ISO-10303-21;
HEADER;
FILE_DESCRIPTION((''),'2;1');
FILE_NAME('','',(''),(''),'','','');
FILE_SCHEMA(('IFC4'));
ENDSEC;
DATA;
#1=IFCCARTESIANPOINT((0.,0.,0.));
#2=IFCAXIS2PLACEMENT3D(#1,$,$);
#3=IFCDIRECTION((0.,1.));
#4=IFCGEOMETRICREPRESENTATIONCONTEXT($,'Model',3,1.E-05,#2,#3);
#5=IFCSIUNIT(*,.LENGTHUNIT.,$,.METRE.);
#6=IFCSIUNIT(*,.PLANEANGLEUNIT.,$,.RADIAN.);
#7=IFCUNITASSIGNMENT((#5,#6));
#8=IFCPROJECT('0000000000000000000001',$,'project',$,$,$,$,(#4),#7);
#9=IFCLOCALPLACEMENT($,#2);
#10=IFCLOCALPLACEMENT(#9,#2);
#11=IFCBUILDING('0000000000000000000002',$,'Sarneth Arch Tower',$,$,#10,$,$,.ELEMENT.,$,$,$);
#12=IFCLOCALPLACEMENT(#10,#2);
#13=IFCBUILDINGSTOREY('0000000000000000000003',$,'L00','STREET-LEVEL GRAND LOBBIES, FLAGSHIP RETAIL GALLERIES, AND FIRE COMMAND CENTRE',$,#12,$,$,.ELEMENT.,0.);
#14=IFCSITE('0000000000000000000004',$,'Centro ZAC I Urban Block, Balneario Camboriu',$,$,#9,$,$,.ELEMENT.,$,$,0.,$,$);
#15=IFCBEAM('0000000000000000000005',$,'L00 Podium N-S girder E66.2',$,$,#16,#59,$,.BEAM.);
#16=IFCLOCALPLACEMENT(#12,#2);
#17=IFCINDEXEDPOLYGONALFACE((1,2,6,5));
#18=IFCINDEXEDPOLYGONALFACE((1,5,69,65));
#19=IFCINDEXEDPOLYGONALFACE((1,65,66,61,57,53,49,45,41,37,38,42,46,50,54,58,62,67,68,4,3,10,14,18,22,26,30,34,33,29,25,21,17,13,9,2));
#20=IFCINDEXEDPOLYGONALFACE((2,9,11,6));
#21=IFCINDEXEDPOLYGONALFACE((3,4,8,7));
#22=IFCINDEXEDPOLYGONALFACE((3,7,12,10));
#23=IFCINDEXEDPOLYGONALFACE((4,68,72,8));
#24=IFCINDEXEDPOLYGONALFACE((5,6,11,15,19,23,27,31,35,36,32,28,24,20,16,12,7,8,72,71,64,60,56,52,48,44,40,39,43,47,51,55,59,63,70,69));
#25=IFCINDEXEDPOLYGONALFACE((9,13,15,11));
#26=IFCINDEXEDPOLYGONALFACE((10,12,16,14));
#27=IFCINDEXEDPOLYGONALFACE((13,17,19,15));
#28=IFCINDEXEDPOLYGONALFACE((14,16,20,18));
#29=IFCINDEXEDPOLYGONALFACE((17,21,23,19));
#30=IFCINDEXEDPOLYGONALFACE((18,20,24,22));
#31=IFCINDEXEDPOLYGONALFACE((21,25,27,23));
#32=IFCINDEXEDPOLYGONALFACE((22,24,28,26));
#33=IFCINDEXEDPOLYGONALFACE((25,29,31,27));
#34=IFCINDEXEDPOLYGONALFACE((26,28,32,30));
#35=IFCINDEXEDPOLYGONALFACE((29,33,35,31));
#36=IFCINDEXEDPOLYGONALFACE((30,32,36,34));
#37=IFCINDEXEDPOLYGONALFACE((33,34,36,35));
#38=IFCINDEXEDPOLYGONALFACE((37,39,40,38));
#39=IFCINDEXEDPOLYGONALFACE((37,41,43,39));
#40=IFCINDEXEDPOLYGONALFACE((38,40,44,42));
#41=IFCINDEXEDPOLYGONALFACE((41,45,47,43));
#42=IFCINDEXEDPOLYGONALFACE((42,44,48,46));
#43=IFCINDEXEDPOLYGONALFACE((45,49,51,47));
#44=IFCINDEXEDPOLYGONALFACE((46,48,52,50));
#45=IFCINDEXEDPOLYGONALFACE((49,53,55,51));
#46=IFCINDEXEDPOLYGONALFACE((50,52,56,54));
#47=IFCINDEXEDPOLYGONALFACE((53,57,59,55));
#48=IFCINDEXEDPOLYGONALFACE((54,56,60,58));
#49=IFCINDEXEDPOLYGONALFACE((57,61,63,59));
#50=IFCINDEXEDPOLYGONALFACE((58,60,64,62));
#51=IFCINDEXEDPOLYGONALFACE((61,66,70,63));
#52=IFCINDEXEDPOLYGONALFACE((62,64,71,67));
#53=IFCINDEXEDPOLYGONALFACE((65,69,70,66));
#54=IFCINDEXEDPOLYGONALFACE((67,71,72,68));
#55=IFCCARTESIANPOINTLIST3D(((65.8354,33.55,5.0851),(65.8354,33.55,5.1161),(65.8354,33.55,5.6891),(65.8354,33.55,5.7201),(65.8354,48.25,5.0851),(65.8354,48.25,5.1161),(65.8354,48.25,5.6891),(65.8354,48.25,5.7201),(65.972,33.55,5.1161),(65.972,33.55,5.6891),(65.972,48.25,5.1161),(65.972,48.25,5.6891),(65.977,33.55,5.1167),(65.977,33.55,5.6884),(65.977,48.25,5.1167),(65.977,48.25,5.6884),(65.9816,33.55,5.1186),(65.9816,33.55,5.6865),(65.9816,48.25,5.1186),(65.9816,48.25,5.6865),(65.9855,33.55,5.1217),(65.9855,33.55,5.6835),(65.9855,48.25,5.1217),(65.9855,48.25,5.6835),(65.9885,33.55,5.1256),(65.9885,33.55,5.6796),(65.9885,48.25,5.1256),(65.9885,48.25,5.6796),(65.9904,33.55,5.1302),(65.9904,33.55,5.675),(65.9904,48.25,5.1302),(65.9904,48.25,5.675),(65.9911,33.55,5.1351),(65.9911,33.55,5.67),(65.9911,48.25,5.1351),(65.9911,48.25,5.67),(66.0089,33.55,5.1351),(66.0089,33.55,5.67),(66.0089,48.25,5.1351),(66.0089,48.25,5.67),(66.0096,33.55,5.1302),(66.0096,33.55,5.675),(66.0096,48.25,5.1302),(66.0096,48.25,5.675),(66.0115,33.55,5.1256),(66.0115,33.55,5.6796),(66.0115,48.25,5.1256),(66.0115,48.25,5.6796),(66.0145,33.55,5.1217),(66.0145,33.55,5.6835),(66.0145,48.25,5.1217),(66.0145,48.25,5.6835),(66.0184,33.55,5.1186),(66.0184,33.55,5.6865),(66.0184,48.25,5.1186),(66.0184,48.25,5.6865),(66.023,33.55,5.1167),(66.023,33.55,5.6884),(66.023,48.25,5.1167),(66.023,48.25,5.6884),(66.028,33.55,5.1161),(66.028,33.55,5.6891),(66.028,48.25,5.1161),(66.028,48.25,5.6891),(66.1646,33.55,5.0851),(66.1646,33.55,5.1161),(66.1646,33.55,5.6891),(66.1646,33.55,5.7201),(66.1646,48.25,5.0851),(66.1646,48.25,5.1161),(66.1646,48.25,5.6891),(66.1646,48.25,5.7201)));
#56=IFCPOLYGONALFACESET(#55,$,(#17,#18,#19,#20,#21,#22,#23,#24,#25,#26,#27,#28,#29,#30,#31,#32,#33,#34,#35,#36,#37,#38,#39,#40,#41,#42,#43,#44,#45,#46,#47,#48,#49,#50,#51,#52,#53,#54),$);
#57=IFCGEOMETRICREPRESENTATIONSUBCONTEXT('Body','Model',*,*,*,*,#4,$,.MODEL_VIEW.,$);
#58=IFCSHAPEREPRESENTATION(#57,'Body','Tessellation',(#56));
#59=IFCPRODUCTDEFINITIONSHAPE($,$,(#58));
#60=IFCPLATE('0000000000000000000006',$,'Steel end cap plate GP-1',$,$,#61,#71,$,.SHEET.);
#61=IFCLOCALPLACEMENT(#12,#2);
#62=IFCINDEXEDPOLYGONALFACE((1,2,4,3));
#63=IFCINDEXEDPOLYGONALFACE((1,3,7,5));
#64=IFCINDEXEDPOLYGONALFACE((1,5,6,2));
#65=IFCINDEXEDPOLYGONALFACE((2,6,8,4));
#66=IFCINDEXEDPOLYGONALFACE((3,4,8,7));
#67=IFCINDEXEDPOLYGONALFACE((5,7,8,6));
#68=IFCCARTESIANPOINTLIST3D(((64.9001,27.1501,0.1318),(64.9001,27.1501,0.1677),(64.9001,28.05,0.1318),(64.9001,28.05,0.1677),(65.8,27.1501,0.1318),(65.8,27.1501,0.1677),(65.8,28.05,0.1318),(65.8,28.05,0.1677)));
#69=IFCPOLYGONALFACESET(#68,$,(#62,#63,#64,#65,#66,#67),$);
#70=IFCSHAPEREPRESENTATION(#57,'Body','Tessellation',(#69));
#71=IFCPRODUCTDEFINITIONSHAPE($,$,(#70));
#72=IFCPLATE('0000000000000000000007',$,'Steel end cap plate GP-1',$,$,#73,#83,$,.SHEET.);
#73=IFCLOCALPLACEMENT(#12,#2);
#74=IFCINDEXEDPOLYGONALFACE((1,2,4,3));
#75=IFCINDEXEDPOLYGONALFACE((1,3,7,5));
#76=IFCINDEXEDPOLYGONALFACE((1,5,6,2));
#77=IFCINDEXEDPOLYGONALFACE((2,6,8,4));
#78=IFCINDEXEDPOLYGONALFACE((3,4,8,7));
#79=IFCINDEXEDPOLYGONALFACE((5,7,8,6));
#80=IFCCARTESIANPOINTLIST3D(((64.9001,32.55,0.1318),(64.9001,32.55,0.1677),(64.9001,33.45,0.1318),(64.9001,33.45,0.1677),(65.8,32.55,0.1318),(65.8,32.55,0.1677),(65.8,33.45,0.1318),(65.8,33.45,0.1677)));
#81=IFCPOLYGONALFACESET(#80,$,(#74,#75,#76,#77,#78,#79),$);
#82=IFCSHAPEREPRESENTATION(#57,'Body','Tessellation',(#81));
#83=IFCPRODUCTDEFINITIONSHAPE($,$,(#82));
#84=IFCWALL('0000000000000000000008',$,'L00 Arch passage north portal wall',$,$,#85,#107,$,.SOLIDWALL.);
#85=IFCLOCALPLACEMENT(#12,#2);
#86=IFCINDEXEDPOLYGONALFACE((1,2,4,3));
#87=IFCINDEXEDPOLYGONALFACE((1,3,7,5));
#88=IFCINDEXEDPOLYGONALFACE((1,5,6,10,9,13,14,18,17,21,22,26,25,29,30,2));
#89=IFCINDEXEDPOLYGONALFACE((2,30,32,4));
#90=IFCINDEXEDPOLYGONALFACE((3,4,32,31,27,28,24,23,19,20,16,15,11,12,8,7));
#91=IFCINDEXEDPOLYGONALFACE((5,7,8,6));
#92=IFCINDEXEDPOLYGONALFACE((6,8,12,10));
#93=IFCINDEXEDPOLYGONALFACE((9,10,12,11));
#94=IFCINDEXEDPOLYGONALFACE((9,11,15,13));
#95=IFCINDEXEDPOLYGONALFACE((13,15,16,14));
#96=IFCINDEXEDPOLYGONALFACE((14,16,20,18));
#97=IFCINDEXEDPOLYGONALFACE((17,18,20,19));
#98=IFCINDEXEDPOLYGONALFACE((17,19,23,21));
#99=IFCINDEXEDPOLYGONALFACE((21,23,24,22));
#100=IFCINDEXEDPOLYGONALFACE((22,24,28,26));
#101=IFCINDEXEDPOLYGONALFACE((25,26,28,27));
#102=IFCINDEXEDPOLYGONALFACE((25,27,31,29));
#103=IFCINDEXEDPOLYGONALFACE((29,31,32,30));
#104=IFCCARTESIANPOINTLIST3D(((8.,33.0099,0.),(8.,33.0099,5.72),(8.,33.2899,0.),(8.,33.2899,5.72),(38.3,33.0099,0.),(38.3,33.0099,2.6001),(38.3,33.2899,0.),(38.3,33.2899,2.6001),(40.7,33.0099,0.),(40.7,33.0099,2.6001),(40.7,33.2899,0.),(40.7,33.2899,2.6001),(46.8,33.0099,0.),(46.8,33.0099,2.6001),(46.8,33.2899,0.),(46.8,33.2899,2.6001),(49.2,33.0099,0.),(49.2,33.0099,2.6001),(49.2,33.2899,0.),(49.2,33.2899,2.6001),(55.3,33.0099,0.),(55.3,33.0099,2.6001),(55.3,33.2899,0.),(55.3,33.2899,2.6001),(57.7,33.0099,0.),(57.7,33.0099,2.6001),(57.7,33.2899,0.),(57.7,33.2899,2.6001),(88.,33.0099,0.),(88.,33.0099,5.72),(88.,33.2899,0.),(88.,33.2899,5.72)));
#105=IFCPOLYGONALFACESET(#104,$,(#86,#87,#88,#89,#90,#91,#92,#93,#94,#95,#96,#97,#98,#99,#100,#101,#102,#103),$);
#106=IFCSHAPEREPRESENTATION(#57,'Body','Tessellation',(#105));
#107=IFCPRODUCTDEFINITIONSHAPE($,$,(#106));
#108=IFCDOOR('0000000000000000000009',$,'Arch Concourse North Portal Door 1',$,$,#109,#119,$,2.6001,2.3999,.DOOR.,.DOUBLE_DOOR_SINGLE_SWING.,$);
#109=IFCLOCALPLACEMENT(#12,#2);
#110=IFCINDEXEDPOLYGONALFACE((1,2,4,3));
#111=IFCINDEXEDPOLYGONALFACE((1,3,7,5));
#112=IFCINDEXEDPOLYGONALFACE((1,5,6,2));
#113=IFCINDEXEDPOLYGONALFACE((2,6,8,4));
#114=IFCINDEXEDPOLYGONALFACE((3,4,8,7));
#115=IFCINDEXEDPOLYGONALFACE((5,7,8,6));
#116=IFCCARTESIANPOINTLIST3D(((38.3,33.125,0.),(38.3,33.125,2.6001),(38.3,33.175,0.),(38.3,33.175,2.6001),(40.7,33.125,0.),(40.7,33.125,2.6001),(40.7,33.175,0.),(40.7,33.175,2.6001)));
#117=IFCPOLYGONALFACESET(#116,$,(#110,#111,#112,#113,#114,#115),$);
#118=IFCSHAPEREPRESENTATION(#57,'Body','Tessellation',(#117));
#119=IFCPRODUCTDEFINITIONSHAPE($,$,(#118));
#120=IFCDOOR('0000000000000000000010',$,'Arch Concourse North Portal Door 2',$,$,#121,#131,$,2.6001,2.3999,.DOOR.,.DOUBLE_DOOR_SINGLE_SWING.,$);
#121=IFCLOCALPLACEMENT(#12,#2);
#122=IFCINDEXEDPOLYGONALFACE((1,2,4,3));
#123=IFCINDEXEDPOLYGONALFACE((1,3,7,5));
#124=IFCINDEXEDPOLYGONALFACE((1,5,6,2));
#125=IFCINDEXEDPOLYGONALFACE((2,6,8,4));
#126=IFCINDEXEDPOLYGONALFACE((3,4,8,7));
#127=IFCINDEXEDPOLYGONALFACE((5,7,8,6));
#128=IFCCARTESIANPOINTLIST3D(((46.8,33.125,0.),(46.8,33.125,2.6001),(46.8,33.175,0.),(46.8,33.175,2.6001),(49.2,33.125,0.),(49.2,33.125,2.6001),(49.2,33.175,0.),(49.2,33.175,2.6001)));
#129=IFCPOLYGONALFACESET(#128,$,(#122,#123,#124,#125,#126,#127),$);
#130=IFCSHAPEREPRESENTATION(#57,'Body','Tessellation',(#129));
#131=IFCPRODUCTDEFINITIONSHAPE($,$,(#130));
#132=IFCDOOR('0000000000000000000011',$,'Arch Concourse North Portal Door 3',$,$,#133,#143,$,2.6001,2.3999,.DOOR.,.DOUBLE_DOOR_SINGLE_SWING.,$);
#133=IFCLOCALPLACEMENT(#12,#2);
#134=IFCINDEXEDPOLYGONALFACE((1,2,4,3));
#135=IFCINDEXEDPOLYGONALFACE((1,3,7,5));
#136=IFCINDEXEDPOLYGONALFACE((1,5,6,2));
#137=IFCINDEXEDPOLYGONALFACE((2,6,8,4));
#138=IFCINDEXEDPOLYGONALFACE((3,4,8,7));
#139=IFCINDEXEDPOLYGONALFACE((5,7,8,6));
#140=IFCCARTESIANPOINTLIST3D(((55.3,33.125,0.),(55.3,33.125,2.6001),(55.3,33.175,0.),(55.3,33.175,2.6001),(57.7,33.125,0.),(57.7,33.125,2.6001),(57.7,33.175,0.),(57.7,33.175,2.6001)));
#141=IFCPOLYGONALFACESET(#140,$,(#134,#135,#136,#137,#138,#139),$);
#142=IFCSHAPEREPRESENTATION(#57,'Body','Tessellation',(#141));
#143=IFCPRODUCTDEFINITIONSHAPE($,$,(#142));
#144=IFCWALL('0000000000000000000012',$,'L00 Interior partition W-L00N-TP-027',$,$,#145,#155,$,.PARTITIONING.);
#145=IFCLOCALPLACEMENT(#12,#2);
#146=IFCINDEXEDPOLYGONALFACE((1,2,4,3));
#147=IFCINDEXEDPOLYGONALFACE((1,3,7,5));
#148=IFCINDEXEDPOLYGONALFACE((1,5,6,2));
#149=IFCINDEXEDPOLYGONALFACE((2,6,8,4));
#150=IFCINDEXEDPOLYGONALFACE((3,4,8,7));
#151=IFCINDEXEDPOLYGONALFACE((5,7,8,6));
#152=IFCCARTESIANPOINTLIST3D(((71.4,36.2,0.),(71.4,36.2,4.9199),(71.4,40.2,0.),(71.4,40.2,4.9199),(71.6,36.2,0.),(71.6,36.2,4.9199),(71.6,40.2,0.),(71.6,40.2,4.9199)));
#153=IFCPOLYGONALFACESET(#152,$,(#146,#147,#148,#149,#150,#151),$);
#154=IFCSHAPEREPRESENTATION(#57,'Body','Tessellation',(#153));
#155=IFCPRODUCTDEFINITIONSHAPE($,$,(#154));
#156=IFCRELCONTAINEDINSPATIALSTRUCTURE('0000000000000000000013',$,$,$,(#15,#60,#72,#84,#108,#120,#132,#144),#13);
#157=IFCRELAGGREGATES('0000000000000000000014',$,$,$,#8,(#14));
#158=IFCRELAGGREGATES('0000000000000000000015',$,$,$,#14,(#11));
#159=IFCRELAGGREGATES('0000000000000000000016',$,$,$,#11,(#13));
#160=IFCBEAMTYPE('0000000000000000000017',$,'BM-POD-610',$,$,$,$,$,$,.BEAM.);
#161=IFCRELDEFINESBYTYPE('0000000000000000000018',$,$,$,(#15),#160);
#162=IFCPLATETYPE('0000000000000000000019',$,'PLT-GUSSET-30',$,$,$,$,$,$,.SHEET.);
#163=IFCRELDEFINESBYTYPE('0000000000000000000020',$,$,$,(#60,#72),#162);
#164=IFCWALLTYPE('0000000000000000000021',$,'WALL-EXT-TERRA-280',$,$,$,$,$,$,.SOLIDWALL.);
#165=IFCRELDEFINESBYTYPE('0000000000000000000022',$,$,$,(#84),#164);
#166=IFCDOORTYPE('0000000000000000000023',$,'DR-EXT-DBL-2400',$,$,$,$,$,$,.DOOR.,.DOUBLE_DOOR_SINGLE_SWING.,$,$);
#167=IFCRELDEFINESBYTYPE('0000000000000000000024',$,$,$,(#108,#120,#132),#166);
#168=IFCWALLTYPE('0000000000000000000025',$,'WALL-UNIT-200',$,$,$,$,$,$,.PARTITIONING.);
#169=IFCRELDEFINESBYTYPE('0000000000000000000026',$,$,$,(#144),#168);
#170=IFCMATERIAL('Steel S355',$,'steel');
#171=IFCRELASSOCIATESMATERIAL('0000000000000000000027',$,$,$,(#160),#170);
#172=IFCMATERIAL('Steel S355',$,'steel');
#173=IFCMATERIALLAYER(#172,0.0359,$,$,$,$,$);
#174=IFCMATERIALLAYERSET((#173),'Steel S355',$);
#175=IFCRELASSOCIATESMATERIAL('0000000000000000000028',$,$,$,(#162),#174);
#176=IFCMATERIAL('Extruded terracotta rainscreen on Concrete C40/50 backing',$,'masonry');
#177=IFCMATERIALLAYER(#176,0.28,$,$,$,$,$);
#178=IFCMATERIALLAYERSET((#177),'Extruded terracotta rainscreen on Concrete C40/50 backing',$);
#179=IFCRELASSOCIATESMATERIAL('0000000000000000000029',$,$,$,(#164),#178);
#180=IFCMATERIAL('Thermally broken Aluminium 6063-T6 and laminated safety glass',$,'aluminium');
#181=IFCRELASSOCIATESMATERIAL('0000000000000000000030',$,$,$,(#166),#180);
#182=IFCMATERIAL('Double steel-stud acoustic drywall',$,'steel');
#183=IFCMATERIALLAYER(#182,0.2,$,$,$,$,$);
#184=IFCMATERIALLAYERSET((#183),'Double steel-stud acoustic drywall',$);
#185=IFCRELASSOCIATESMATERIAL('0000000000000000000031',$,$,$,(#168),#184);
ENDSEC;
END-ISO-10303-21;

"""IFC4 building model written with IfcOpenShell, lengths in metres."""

from ifc_helpers import new_model, si_unit, direction, frame, frame_2d, origin, origin_2d, place, context, subcontext, project, spatial, rectangle, i_section, extrude, material, layer, layer_set, material_profile, profile_set, type_object, element, fill, save


model = new_model("IFC4")

# Units and contexts
model_context = context("Model", 3, precision=1e-05, world=origin(), true_north=direction((0.0, 1.0)))
body_context = subcontext(model_context, "Body", "Model", "MODEL_VIEW")
ifc_project = project(units=[si_unit("LENGTHUNIT", "METRE"), si_unit("PLANEANGLEUNIT", "RADIAN")], contexts=[model_context])

# Site, building, storey
site_placement = place(None, origin())
site = spatial("IfcSite", under=ifc_project, at=site_placement, Name="Centro ZAC I Urban Block, Balneario Camboriu", CompositionType="ELEMENT", RefElevation=0.0)
building_placement = place(site_placement, origin())
building = spatial("IfcBuilding", under=site, at=building_placement, Name="Sarneth Arch Tower", CompositionType="ELEMENT")
storey_placement = place(building_placement, origin())
storey = spatial("IfcBuildingStorey", under=building, at=storey_placement, Name="L00", Description="STREET-LEVEL GRAND LOBBIES, FLAGSHIP RETAIL GALLERIES, AND FIRE COMMAND CENTRE", CompositionType="ELEMENT", Elevation=0.0)

# Beam
ifc_material_1 = material(Name="Steel S355", Category="steel")
ifc_material_profile_1 = material_profile(ifc_material_1, i_section(OverallWidth=0.3291, OverallDepth=0.635, WebThickness=0.0178, FlangeThickness=0.031, FilletRadius=0.019, at=origin_2d()), Name="W610x241")
ifc_profile_set_1 = profile_set([ifc_material_profile_1], Name="Steel S355")
beam_type_1 = type_object("IfcBeamType", Name="BM-POD-610", PredefinedType="BEAM", material=ifc_profile_set_1)
beam_1_placement = place(storey_placement, frame((66.0, 33.55, 5.4026), z_axis=(0.0, 1.0, 0.0), x_axis=(-1.0, 0.0, 0.0)))
element("IfcBeam", 1, at=beam_1_placement, inside=storey, type_object=beam_type_1, Name="L00 Podium N-S girder E66.2", PredefinedType="BEAM", context=body_context, shape_type="SweptSolid", body=[
    extrude(i_section(OverallWidth=0.3291, OverallDepth=0.635, WebThickness=0.0178, FlangeThickness=0.031, FilletRadius=0.019, at=origin_2d()), origin(), (0.0, 0.0, 1.0), 14.7),
])

# Plates
ifc_material_2 = material(Name="Steel S355", Category="steel")
ifc_layer_1 = layer(ifc_material_2, 0.0359)
ifc_layer_set_1 = layer_set([ifc_layer_1], Name="Steel S355")
plate_type = type_object("IfcPlateType", Name="PLT-GUSSET-30", PredefinedType="SHEET", material=ifc_layer_set_1)
for number, where, z_axis, x_axis, name in (
    (2, (65.3501, 27.6001, 0.1318), (0.0, 0.0, 1.0), (-1.0, 0.0, 0.0), "Steel end cap plate GP-1"),
    (3, (65.3501, 33.0, 0.1318), (0.0, 0.0, 1.0), (-1.0, 0.0, 0.0), "Steel end cap plate GP-1"),
):
    element("IfcPlate", number, at=place(storey_placement, frame(where, z_axis=z_axis, x_axis=x_axis)), inside=storey, type_object=plate_type, Name=name, PredefinedType="SHEET", context=body_context, shape_type="SweptSolid", body=[
        extrude(rectangle(XDim=0.8999, YDim=0.8999, at=origin_2d()), origin(), (0.0, 0.0, 1.0), 0.0359),
    ])

# Wall, openings, doors
ifc_material_3 = material(Name="Extruded terracotta rainscreen on Concrete C40/50 backing", Category="masonry")
ifc_layer_2 = layer(ifc_material_3, 0.28)
ifc_layer_set_2 = layer_set([ifc_layer_2], Name="Extruded terracotta rainscreen on Concrete C40/50 backing")
wall_type_1 = type_object("IfcWallType", Name="WALL-EXT-TERRA-280", PredefinedType="SOLIDWALL", material=ifc_layer_set_2)
wall_1_placement = place(storey_placement, frame((88.0, 33.1499, 0.0), z_axis=(0.0, 0.0, 1.0), x_axis=(-1.0, 0.0, 0.0)))
wall_1 = element("IfcWall", 4, at=wall_1_placement, inside=storey, type_object=wall_type_1, Name="L00 Arch passage north portal wall", PredefinedType="SOLIDWALL", context=body_context, shape_type="SweptSolid", body=[
    extrude(rectangle(XDim=80.0, YDim=0.28, at=frame_2d((40.0, 0.0))), origin(), (0.0, 0.0, 1.0), 5.72),
])
opening_1_placement = place(wall_1_placement, frame((47.3, 0.0, 0.0)))
opening_1 = element("IfcOpeningElement", 5, at=opening_1_placement, cuts=wall_1, PredefinedType="OPENING", context=body_context, shape_type="SweptSolid", body=[
    extrude(rectangle(XDim=2.3999, YDim=2.6001, at=frame_2d((1.2, 1.3))), frame((0.0, 0.1499, 0.0), z_axis=(0.0, -1.0, 0.0), x_axis=(1.0, 0.0, 0.0)), (0.0, 0.0, 1.0), 0.3),
])
opening_2_placement = place(wall_1_placement, frame((38.8, 0.0, 0.0)))
opening_2 = element("IfcOpeningElement", 6, at=opening_2_placement, cuts=wall_1, PredefinedType="OPENING", context=body_context, shape_type="SweptSolid", body=[
    extrude(rectangle(XDim=2.3999, YDim=2.6001, at=frame_2d((1.2, 1.3))), frame((0.0, 0.1499, 0.0), z_axis=(0.0, -1.0, 0.0), x_axis=(1.0, 0.0, 0.0)), (0.0, 0.0, 1.0), 0.3),
])
opening_3_placement = place(wall_1_placement, frame((30.3, 0.0, 0.0)))
opening_3 = element("IfcOpeningElement", 7, at=opening_3_placement, cuts=wall_1, PredefinedType="OPENING", context=body_context, shape_type="SweptSolid", body=[
    extrude(rectangle(XDim=2.3999, YDim=2.6001, at=frame_2d((1.2, 1.3))), frame((0.0, 0.1499, 0.0), z_axis=(0.0, -1.0, 0.0), x_axis=(1.0, 0.0, 0.0)), (0.0, 0.0, 1.0), 0.3),
])
ifc_material_4 = material(Name="Thermally broken Aluminium 6063-T6 and laminated safety glass", Category="aluminium")
door_type = type_object("IfcDoorType", Name="DR-EXT-DBL-2400", OperationType="DOUBLE_DOOR_SINGLE_SWING", PredefinedType="DOOR", material=ifc_material_4)
door_1_placement = place(opening_1_placement, origin())
door_1 = element("IfcDoor", 8, at=door_1_placement, inside=storey, type_object=door_type, Name="Arch Concourse North Portal Door 1", OperationType="DOUBLE_DOOR_SINGLE_SWING", OverallHeight=2.6001, OverallWidth=2.3999, PredefinedType="DOOR", context=body_context, shape_type="SweptSolid", body=[
    extrude(rectangle(XDim=2.3999, YDim=2.6001, at=frame_2d((1.2, 1.3))), frame((0.0, 0.0249, 0.0), z_axis=(0.0, -1.0, 0.0), x_axis=(1.0, 0.0, 0.0)), (0.0, 0.0, 1.0), 0.05),
])
fill(opening_1, door_1)
door_2_placement = place(opening_2_placement, origin())
door_2 = element("IfcDoor", 9, at=door_2_placement, inside=storey, type_object=door_type, Name="Arch Concourse North Portal Door 2", OperationType="DOUBLE_DOOR_SINGLE_SWING", OverallHeight=2.6001, OverallWidth=2.3999, PredefinedType="DOOR", context=body_context, shape_type="SweptSolid", body=[
    extrude(rectangle(XDim=2.3999, YDim=2.6001, at=frame_2d((1.2, 1.3))), frame((0.0, 0.0249, 0.0), z_axis=(0.0, -1.0, 0.0), x_axis=(1.0, 0.0, 0.0)), (0.0, 0.0, 1.0), 0.05),
])
fill(opening_2, door_2)
door_3_placement = place(opening_3_placement, origin())
door_3 = element("IfcDoor", 10, at=door_3_placement, inside=storey, type_object=door_type, Name="Arch Concourse North Portal Door 3", OperationType="DOUBLE_DOOR_SINGLE_SWING", OverallHeight=2.6001, OverallWidth=2.3999, PredefinedType="DOOR", context=body_context, shape_type="SweptSolid", body=[
    extrude(rectangle(XDim=2.3999, YDim=2.6001, at=frame_2d((1.2, 1.3))), frame((0.0, 0.0249, 0.0), z_axis=(0.0, -1.0, 0.0), x_axis=(1.0, 0.0, 0.0)), (0.0, 0.0, 1.0), 0.05),
])
fill(opening_3, door_3)

# Wall
ifc_material_5 = material(Name="Double steel-stud acoustic drywall", Category="steel")
ifc_layer_3 = layer(ifc_material_5, 0.2)
ifc_layer_set_3 = layer_set([ifc_layer_3], Name="Double steel-stud acoustic drywall")
wall_type_2 = type_object("IfcWallType", Name="WALL-UNIT-200", PredefinedType="PARTITIONING", material=ifc_layer_set_3)
wall_2_placement = place(storey_placement, frame((71.5, 40.2, 0.0), z_axis=(0.0, 0.0, 1.0), x_axis=(0.0, -1.0, 0.0)))
element("IfcWall", 11, at=wall_2_placement, inside=storey, type_object=wall_type_2, Name="L00 Interior partition W-L00N-TP-027", PredefinedType="PARTITIONING", context=body_context, shape_type="SweptSolid", body=[
    extrude(rectangle(XDim=4.0, YDim=0.2, at=frame_2d((2.0, 0.0))), origin(), (0.0, 0.0, 1.0), 4.9199),
])

save(model, "model.ifc")
